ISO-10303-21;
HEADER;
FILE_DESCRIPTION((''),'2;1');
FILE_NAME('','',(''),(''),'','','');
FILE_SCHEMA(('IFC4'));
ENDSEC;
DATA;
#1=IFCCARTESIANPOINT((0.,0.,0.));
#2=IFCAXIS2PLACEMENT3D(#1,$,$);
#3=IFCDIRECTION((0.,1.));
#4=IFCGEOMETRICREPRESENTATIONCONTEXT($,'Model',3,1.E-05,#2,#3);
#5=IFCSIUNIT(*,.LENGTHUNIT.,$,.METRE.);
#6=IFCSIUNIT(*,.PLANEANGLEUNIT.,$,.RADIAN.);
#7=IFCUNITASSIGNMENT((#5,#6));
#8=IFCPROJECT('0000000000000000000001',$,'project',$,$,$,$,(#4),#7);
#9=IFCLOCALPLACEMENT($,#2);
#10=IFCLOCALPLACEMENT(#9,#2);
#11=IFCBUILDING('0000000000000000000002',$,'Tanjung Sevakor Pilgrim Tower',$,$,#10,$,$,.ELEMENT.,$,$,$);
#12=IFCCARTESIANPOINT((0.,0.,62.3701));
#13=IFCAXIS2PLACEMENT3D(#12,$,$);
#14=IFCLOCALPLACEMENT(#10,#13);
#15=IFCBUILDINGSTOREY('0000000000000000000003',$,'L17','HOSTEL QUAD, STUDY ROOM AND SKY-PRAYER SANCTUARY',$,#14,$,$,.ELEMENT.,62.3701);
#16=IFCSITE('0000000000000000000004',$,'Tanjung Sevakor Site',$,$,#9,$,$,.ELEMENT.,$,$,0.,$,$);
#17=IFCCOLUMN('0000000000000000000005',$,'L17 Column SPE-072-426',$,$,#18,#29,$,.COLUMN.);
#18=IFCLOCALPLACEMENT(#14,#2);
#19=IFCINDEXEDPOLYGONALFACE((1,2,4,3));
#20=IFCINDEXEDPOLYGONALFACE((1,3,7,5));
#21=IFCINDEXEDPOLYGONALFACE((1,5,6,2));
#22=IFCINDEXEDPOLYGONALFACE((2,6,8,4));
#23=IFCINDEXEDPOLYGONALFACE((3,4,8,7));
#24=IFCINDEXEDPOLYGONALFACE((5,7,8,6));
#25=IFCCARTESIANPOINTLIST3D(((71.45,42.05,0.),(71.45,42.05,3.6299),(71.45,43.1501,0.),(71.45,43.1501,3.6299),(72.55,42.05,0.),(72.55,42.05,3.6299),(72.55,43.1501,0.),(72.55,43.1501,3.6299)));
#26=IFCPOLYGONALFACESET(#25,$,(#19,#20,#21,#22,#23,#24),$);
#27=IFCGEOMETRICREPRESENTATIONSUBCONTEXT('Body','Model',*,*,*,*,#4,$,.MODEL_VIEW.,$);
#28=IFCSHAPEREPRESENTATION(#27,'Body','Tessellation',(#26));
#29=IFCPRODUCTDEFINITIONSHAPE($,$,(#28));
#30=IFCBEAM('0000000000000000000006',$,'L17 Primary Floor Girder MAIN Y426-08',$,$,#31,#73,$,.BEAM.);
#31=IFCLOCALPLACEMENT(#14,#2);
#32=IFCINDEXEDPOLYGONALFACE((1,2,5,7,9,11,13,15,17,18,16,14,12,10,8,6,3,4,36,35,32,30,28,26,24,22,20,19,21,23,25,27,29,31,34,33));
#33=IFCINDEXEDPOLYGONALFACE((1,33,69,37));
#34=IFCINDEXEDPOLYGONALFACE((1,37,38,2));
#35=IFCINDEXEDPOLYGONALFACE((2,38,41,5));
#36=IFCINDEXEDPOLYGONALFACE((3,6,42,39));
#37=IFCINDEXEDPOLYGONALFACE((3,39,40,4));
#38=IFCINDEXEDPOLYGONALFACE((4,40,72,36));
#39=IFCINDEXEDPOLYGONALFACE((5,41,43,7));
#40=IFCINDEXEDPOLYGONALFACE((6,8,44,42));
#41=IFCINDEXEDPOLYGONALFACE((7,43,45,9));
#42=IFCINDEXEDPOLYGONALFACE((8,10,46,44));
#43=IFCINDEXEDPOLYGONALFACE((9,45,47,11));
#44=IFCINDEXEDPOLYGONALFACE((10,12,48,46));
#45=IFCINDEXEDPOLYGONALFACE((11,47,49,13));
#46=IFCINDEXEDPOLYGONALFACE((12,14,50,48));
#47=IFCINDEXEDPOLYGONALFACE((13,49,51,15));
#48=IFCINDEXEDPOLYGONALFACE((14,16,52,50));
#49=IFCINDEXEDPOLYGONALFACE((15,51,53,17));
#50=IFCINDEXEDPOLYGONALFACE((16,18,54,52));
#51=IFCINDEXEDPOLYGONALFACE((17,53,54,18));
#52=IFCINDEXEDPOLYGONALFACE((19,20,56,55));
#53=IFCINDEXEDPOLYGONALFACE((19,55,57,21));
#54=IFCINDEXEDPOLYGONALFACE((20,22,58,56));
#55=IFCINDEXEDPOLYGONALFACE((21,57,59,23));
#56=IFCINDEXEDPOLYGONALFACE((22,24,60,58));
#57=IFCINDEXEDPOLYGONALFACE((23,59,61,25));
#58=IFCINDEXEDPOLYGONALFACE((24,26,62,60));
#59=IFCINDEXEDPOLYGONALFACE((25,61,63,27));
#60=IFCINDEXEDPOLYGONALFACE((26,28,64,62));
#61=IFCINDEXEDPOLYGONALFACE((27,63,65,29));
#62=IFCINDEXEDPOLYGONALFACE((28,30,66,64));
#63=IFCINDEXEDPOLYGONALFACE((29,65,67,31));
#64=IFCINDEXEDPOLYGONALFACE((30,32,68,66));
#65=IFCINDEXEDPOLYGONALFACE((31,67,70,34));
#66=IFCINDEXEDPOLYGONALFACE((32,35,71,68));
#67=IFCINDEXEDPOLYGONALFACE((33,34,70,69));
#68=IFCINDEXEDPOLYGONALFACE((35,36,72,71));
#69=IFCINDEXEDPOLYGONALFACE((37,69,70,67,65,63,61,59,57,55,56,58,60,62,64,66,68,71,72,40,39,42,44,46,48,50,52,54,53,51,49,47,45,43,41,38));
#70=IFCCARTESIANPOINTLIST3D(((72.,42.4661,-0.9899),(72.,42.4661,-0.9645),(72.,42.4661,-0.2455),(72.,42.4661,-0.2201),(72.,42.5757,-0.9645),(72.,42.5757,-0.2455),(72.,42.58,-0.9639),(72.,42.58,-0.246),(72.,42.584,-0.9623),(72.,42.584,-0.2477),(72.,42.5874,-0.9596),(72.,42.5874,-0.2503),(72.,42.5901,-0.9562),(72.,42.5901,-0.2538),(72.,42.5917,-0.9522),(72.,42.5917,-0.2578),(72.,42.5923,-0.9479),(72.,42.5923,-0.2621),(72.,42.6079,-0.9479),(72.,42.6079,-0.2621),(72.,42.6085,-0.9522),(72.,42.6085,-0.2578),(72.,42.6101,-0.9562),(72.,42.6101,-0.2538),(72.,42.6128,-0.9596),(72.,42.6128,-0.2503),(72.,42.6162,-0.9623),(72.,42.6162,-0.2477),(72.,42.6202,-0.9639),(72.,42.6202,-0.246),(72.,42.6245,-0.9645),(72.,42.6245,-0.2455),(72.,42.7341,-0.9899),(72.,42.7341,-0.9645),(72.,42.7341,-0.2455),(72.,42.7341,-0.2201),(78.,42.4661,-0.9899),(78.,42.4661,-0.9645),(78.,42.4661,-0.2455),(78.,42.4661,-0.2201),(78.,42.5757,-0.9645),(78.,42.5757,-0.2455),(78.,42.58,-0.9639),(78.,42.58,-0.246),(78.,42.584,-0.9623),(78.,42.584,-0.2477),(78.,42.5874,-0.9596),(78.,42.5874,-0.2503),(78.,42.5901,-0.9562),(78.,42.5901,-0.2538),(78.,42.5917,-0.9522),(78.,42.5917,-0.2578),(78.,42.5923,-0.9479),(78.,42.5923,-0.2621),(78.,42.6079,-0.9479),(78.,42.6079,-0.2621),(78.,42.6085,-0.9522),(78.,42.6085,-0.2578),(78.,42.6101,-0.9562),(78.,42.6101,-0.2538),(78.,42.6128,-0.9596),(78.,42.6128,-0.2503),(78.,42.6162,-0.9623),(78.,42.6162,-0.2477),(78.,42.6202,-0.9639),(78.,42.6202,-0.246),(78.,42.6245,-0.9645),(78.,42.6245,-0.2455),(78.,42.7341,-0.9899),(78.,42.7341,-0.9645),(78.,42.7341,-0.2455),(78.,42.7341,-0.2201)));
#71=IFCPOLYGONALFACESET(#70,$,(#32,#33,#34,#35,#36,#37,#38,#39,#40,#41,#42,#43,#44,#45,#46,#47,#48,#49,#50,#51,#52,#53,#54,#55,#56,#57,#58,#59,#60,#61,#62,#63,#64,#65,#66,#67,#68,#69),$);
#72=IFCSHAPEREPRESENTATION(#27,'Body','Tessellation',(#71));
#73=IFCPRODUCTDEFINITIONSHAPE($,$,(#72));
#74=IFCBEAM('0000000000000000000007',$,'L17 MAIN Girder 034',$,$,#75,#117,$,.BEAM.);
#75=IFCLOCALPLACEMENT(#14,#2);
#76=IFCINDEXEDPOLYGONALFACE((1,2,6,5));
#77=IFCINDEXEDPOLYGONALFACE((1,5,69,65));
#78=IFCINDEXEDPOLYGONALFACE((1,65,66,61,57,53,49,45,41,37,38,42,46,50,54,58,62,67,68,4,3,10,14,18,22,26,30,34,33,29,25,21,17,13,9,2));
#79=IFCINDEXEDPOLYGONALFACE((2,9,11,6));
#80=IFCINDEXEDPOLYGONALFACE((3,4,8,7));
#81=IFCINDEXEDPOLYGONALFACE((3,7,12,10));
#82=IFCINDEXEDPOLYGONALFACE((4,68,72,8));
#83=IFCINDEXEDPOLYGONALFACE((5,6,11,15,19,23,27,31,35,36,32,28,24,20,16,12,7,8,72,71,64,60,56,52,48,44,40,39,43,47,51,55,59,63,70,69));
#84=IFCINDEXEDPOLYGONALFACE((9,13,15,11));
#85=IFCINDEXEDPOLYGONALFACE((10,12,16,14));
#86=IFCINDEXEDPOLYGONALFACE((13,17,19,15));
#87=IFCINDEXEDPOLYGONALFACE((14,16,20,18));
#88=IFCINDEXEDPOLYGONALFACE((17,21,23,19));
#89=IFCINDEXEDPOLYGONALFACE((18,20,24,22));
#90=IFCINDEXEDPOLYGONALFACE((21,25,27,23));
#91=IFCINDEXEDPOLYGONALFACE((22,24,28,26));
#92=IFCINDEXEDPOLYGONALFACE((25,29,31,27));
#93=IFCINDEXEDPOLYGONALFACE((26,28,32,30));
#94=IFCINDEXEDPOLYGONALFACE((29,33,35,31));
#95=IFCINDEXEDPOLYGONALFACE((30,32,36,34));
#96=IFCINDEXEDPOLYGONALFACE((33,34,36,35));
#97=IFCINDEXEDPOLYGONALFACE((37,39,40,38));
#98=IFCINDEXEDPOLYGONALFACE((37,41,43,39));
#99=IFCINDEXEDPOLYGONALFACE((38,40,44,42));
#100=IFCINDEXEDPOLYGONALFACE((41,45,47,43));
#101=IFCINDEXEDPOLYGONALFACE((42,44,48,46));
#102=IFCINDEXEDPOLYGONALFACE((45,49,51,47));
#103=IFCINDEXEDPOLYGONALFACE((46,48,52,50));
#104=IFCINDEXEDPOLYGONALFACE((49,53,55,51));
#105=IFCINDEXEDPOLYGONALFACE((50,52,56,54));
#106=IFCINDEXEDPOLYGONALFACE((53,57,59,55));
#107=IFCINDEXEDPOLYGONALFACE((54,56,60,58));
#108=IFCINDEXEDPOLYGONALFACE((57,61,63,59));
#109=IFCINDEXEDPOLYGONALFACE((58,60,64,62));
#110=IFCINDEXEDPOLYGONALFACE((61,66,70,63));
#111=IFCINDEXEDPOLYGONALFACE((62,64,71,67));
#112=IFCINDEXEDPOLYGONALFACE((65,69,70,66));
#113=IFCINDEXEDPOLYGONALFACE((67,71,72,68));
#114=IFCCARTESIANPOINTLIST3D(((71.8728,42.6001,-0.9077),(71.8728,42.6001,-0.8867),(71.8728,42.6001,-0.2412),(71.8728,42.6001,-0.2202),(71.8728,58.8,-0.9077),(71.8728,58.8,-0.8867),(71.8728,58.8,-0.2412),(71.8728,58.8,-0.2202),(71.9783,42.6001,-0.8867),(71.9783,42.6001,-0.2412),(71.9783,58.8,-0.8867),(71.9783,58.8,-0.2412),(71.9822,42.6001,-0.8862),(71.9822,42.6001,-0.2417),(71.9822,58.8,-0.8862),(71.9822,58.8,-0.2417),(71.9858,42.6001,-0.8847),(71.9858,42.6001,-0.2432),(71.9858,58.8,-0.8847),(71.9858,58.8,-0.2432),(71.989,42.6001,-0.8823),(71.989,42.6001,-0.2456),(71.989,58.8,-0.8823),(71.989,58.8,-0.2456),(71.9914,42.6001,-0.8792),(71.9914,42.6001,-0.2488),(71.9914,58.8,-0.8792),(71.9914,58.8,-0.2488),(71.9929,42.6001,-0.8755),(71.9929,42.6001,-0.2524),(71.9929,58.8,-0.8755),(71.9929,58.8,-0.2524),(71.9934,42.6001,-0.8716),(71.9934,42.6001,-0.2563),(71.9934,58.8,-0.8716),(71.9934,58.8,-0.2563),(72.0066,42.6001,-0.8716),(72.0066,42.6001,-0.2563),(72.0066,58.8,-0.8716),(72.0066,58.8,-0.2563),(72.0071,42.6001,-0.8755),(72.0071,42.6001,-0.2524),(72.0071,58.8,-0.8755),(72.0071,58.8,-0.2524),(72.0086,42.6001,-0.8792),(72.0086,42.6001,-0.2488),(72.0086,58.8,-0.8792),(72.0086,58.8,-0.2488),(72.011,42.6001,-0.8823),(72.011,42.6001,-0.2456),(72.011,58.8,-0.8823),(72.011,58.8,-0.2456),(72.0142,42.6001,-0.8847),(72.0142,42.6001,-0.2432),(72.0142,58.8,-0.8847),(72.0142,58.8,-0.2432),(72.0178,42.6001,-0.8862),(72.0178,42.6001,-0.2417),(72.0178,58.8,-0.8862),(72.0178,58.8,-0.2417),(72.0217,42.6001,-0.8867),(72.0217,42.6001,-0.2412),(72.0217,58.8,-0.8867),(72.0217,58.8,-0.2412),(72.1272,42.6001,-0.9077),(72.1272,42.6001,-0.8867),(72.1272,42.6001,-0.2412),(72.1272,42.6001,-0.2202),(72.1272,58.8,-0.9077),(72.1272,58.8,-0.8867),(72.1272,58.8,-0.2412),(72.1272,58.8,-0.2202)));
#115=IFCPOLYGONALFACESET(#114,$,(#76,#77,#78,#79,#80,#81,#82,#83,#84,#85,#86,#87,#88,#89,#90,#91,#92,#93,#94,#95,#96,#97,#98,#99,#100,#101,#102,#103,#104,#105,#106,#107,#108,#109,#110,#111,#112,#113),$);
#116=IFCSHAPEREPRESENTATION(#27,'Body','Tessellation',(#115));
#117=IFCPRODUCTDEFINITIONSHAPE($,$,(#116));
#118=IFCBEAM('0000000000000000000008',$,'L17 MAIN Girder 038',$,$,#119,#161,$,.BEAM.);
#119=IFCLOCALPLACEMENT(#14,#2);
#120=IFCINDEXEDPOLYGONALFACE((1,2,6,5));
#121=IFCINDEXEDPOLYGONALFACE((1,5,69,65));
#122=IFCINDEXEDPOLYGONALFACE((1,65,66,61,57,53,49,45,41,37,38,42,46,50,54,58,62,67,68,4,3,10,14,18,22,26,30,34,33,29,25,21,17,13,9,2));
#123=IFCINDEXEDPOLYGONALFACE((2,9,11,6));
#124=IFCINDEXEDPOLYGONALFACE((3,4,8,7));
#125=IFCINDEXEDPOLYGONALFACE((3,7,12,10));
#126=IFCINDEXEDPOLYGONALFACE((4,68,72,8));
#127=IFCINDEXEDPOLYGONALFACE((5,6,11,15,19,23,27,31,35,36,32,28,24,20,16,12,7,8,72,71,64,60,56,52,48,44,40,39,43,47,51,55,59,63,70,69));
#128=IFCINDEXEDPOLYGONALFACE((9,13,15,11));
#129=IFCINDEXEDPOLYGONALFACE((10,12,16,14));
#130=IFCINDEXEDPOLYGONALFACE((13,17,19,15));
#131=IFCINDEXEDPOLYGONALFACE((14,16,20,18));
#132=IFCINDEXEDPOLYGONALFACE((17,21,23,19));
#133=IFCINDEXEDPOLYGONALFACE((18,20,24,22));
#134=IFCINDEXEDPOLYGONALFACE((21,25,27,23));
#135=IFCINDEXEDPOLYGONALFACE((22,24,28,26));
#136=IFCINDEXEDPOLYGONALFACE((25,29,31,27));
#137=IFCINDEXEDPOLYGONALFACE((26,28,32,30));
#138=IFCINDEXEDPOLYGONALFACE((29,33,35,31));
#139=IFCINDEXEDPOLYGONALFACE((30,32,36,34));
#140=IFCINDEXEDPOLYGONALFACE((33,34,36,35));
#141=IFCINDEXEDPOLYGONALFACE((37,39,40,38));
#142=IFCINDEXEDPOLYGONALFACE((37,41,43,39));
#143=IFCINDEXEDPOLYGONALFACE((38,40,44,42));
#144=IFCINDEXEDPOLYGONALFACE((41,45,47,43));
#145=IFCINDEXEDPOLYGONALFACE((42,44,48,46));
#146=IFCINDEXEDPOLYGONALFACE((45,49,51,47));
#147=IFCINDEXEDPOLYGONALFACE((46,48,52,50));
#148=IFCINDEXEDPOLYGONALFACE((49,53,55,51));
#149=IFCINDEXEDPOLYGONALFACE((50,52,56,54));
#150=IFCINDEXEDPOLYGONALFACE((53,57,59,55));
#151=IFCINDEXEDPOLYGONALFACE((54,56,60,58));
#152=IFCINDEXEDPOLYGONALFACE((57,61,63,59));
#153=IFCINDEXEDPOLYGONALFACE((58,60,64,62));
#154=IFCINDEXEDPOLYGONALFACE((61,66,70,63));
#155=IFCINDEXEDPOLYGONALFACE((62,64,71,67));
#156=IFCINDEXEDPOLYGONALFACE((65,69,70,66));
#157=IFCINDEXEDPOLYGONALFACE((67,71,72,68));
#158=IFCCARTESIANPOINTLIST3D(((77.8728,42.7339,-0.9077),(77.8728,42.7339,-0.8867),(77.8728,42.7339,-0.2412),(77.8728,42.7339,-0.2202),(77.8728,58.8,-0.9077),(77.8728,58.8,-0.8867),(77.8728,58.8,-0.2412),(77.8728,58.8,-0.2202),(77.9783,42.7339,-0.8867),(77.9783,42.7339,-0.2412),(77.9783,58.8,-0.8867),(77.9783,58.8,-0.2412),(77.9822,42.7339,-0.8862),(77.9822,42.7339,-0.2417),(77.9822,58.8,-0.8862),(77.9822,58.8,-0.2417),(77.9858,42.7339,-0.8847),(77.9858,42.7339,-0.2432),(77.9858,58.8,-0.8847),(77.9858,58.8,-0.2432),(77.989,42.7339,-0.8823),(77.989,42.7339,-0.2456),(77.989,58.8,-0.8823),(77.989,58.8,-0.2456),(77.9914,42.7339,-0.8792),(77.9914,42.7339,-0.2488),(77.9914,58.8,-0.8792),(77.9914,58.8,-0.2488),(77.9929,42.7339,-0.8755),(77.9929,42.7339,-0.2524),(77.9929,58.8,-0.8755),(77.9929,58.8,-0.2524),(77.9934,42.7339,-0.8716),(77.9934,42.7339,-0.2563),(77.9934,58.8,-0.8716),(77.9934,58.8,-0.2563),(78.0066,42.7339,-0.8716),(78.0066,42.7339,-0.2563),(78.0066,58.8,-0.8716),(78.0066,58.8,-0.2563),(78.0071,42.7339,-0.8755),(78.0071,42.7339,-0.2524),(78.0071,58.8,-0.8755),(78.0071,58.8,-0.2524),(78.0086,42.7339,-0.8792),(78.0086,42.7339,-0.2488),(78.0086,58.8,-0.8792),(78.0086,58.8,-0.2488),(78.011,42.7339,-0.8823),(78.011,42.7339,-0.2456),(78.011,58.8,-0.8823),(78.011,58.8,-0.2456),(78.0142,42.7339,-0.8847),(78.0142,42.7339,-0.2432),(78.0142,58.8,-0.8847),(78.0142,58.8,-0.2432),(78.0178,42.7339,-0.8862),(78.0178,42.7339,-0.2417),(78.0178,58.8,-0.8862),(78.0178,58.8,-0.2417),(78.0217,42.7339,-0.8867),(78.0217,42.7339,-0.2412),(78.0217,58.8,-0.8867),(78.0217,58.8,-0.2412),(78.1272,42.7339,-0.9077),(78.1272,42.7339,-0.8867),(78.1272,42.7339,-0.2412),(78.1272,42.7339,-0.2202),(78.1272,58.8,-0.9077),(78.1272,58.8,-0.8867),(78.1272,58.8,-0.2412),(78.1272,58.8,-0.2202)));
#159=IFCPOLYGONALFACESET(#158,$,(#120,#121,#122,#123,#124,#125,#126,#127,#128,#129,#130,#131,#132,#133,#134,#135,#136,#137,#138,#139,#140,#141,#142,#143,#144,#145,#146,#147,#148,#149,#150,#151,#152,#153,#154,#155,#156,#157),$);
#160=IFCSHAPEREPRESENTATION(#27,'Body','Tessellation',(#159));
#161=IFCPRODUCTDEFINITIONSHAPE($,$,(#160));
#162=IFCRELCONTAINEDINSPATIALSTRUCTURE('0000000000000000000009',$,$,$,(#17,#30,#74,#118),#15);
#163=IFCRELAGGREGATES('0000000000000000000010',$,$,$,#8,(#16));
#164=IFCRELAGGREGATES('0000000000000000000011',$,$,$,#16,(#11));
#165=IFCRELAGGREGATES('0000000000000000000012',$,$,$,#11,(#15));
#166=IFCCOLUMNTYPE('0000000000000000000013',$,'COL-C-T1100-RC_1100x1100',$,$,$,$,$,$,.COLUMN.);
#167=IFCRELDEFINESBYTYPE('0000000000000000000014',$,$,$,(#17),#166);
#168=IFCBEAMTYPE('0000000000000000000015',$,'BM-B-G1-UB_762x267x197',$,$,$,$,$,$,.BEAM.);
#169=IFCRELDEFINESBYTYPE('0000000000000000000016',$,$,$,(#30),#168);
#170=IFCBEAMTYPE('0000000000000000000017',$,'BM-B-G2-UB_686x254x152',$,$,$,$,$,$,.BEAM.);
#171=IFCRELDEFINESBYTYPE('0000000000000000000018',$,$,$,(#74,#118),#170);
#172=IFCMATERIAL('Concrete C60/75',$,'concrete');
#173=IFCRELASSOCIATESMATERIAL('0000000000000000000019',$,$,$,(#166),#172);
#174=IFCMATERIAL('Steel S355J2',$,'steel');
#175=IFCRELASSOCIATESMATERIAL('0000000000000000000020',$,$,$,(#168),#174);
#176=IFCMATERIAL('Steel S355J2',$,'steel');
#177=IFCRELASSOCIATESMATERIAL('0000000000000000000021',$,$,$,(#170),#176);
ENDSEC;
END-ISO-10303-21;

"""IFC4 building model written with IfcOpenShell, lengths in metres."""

from ifc_helpers import new_model, si_unit, direction, frame, origin, origin_2d, place, context, subcontext, project, spatial, rectangle, i_section, extrude, material, material_profile, profile_set, type_object, element, save


model = new_model("IFC4")

# Units and contexts
model_context = context("Model", 3, precision=1e-05, world=origin(), true_north=direction((0.0, 1.0)))
body_context = subcontext(model_context, "Body", "Model", "MODEL_VIEW")
ifc_project = project(units=[si_unit("LENGTHUNIT", "METRE"), si_unit("PLANEANGLEUNIT", "RADIAN")], contexts=[model_context])

# Site, building, storey
site_placement = place(None, origin())
site = spatial("IfcSite", under=ifc_project, at=site_placement, Name="Tanjung Sevakor Site", CompositionType="ELEMENT", RefElevation=0.0)
building_placement = place(site_placement, origin())
building = spatial("IfcBuilding", under=site, at=building_placement, Name="Tanjung Sevakor Pilgrim Tower", CompositionType="ELEMENT")
storey_placement = place(building_placement, frame((0.0, 0.0, 62.3701)))
storey = spatial("IfcBuildingStorey", under=building, at=storey_placement, Name="L17", Description="HOSTEL QUAD, STUDY ROOM AND SKY-PRAYER SANCTUARY", CompositionType="ELEMENT", Elevation=62.3701)

# Column
ifc_material_1 = material(Name="Concrete C60/75", Category="concrete")
ifc_material_profile_1 = material_profile(ifc_material_1, rectangle(XDim=1.1001, YDim=1.1001, at=origin_2d()))
ifc_profile_set_1 = profile_set([ifc_material_profile_1], Name="Concrete C60/75")
column_type = type_object("IfcColumnType", Name="COL-C-T1100-RC_1100x1100", PredefinedType="COLUMN", material=ifc_profile_set_1)
column_placement = place(storey_placement, frame((72.0, 42.6001, 0.0), z_axis=(0.0, 0.0, 1.0), x_axis=(1.0, 0.0, 0.0)))
element("IfcColumn", 1, at=column_placement, inside=storey, type_object=column_type, Name="L17 Column SPE-072-426", PredefinedType="COLUMN", context=body_context, shape_type="SweptSolid", body=[
    extrude(rectangle(XDim=1.1001, YDim=1.1001, at=origin_2d()), origin(), (0.0, 0.0, 1.0), 3.6299),
])

# Beams
ifc_material_2 = material(Name="Steel S355J2", Category="steel")
ifc_material_profile_2 = material_profile(ifc_material_2, i_section(OverallWidth=0.2681, OverallDepth=0.7698, WebThickness=0.0156, FlangeThickness=0.0254, FilletRadius=0.0166, at=origin_2d()))
ifc_profile_set_2 = profile_set([ifc_material_profile_2], Name="Steel S355J2")
beam_type_1 = type_object("IfcBeamType", Name="BM-B-G1-UB_762x267x197", PredefinedType="BEAM", material=ifc_profile_set_2)
beam_1_placement = place(storey_placement, frame((72.0, 42.6001, -0.605), z_axis=(1.0, 0.0, 0.0), x_axis=(0.0, 1.0, 0.0)))
element("IfcBeam", 2, at=beam_1_placement, inside=storey, type_object=beam_type_1, Name="L17 Primary Floor Girder MAIN Y426-08", PredefinedType="BEAM", context=body_context, shape_type="SweptSolid", body=[
    extrude(i_section(OverallWidth=0.2681, OverallDepth=0.7698, WebThickness=0.0156, FlangeThickness=0.0254, FilletRadius=0.0166, at=origin_2d()), origin(), (0.0, 0.0, 1.0), 6.0),
])
ifc_material_3 = material(Name="Steel S355J2", Category="steel")
ifc_material_profile_3 = material_profile(ifc_material_3, i_section(OverallWidth=0.2544, OverallDepth=0.6875, WebThickness=0.0132, FlangeThickness=0.021, FilletRadius=0.0151, at=origin_2d()))
ifc_profile_set_3 = profile_set([ifc_material_profile_3], Name="Steel S355J2")
beam_type_2 = type_object("IfcBeamType", Name="BM-B-G2-UB_686x254x152", PredefinedType="BEAM", material=ifc_profile_set_3)
beam_2_placement = place(storey_placement, frame((72.0, 42.6001, -0.564), z_axis=(0.0, 1.0, 0.0), x_axis=(-1.0, 0.0, 0.0)))
element("IfcBeam", 3, at=beam_2_placement, inside=storey, type_object=beam_type_2, Name="L17 MAIN Girder 034", PredefinedType="BEAM", context=body_context, shape_type="SweptSolid", body=[
    extrude(i_section(OverallWidth=0.2544, OverallDepth=0.6875, WebThickness=0.0132, FlangeThickness=0.021, FilletRadius=0.0151, at=origin_2d()), origin(), (0.0, 0.0, 1.0), 16.2),
])
beam_3_placement = place(storey_placement, frame((78.0, 42.7339, -0.564), z_axis=(0.0, 1.0, 0.0), x_axis=(-1.0, 0.0, 0.0)))
element("IfcBeam", 4, at=beam_3_placement, inside=storey, type_object=beam_type_2, Name="L17 MAIN Girder 038", PredefinedType="BEAM", context=body_context, shape_type="SweptSolid", body=[
    extrude(i_section(OverallWidth=0.2544, OverallDepth=0.6875, WebThickness=0.0132, FlangeThickness=0.021, FilletRadius=0.0151, at=origin_2d()), origin(), (0.0, 0.0, 1.0), 16.0662),
])

save(model, "model.ifc")
